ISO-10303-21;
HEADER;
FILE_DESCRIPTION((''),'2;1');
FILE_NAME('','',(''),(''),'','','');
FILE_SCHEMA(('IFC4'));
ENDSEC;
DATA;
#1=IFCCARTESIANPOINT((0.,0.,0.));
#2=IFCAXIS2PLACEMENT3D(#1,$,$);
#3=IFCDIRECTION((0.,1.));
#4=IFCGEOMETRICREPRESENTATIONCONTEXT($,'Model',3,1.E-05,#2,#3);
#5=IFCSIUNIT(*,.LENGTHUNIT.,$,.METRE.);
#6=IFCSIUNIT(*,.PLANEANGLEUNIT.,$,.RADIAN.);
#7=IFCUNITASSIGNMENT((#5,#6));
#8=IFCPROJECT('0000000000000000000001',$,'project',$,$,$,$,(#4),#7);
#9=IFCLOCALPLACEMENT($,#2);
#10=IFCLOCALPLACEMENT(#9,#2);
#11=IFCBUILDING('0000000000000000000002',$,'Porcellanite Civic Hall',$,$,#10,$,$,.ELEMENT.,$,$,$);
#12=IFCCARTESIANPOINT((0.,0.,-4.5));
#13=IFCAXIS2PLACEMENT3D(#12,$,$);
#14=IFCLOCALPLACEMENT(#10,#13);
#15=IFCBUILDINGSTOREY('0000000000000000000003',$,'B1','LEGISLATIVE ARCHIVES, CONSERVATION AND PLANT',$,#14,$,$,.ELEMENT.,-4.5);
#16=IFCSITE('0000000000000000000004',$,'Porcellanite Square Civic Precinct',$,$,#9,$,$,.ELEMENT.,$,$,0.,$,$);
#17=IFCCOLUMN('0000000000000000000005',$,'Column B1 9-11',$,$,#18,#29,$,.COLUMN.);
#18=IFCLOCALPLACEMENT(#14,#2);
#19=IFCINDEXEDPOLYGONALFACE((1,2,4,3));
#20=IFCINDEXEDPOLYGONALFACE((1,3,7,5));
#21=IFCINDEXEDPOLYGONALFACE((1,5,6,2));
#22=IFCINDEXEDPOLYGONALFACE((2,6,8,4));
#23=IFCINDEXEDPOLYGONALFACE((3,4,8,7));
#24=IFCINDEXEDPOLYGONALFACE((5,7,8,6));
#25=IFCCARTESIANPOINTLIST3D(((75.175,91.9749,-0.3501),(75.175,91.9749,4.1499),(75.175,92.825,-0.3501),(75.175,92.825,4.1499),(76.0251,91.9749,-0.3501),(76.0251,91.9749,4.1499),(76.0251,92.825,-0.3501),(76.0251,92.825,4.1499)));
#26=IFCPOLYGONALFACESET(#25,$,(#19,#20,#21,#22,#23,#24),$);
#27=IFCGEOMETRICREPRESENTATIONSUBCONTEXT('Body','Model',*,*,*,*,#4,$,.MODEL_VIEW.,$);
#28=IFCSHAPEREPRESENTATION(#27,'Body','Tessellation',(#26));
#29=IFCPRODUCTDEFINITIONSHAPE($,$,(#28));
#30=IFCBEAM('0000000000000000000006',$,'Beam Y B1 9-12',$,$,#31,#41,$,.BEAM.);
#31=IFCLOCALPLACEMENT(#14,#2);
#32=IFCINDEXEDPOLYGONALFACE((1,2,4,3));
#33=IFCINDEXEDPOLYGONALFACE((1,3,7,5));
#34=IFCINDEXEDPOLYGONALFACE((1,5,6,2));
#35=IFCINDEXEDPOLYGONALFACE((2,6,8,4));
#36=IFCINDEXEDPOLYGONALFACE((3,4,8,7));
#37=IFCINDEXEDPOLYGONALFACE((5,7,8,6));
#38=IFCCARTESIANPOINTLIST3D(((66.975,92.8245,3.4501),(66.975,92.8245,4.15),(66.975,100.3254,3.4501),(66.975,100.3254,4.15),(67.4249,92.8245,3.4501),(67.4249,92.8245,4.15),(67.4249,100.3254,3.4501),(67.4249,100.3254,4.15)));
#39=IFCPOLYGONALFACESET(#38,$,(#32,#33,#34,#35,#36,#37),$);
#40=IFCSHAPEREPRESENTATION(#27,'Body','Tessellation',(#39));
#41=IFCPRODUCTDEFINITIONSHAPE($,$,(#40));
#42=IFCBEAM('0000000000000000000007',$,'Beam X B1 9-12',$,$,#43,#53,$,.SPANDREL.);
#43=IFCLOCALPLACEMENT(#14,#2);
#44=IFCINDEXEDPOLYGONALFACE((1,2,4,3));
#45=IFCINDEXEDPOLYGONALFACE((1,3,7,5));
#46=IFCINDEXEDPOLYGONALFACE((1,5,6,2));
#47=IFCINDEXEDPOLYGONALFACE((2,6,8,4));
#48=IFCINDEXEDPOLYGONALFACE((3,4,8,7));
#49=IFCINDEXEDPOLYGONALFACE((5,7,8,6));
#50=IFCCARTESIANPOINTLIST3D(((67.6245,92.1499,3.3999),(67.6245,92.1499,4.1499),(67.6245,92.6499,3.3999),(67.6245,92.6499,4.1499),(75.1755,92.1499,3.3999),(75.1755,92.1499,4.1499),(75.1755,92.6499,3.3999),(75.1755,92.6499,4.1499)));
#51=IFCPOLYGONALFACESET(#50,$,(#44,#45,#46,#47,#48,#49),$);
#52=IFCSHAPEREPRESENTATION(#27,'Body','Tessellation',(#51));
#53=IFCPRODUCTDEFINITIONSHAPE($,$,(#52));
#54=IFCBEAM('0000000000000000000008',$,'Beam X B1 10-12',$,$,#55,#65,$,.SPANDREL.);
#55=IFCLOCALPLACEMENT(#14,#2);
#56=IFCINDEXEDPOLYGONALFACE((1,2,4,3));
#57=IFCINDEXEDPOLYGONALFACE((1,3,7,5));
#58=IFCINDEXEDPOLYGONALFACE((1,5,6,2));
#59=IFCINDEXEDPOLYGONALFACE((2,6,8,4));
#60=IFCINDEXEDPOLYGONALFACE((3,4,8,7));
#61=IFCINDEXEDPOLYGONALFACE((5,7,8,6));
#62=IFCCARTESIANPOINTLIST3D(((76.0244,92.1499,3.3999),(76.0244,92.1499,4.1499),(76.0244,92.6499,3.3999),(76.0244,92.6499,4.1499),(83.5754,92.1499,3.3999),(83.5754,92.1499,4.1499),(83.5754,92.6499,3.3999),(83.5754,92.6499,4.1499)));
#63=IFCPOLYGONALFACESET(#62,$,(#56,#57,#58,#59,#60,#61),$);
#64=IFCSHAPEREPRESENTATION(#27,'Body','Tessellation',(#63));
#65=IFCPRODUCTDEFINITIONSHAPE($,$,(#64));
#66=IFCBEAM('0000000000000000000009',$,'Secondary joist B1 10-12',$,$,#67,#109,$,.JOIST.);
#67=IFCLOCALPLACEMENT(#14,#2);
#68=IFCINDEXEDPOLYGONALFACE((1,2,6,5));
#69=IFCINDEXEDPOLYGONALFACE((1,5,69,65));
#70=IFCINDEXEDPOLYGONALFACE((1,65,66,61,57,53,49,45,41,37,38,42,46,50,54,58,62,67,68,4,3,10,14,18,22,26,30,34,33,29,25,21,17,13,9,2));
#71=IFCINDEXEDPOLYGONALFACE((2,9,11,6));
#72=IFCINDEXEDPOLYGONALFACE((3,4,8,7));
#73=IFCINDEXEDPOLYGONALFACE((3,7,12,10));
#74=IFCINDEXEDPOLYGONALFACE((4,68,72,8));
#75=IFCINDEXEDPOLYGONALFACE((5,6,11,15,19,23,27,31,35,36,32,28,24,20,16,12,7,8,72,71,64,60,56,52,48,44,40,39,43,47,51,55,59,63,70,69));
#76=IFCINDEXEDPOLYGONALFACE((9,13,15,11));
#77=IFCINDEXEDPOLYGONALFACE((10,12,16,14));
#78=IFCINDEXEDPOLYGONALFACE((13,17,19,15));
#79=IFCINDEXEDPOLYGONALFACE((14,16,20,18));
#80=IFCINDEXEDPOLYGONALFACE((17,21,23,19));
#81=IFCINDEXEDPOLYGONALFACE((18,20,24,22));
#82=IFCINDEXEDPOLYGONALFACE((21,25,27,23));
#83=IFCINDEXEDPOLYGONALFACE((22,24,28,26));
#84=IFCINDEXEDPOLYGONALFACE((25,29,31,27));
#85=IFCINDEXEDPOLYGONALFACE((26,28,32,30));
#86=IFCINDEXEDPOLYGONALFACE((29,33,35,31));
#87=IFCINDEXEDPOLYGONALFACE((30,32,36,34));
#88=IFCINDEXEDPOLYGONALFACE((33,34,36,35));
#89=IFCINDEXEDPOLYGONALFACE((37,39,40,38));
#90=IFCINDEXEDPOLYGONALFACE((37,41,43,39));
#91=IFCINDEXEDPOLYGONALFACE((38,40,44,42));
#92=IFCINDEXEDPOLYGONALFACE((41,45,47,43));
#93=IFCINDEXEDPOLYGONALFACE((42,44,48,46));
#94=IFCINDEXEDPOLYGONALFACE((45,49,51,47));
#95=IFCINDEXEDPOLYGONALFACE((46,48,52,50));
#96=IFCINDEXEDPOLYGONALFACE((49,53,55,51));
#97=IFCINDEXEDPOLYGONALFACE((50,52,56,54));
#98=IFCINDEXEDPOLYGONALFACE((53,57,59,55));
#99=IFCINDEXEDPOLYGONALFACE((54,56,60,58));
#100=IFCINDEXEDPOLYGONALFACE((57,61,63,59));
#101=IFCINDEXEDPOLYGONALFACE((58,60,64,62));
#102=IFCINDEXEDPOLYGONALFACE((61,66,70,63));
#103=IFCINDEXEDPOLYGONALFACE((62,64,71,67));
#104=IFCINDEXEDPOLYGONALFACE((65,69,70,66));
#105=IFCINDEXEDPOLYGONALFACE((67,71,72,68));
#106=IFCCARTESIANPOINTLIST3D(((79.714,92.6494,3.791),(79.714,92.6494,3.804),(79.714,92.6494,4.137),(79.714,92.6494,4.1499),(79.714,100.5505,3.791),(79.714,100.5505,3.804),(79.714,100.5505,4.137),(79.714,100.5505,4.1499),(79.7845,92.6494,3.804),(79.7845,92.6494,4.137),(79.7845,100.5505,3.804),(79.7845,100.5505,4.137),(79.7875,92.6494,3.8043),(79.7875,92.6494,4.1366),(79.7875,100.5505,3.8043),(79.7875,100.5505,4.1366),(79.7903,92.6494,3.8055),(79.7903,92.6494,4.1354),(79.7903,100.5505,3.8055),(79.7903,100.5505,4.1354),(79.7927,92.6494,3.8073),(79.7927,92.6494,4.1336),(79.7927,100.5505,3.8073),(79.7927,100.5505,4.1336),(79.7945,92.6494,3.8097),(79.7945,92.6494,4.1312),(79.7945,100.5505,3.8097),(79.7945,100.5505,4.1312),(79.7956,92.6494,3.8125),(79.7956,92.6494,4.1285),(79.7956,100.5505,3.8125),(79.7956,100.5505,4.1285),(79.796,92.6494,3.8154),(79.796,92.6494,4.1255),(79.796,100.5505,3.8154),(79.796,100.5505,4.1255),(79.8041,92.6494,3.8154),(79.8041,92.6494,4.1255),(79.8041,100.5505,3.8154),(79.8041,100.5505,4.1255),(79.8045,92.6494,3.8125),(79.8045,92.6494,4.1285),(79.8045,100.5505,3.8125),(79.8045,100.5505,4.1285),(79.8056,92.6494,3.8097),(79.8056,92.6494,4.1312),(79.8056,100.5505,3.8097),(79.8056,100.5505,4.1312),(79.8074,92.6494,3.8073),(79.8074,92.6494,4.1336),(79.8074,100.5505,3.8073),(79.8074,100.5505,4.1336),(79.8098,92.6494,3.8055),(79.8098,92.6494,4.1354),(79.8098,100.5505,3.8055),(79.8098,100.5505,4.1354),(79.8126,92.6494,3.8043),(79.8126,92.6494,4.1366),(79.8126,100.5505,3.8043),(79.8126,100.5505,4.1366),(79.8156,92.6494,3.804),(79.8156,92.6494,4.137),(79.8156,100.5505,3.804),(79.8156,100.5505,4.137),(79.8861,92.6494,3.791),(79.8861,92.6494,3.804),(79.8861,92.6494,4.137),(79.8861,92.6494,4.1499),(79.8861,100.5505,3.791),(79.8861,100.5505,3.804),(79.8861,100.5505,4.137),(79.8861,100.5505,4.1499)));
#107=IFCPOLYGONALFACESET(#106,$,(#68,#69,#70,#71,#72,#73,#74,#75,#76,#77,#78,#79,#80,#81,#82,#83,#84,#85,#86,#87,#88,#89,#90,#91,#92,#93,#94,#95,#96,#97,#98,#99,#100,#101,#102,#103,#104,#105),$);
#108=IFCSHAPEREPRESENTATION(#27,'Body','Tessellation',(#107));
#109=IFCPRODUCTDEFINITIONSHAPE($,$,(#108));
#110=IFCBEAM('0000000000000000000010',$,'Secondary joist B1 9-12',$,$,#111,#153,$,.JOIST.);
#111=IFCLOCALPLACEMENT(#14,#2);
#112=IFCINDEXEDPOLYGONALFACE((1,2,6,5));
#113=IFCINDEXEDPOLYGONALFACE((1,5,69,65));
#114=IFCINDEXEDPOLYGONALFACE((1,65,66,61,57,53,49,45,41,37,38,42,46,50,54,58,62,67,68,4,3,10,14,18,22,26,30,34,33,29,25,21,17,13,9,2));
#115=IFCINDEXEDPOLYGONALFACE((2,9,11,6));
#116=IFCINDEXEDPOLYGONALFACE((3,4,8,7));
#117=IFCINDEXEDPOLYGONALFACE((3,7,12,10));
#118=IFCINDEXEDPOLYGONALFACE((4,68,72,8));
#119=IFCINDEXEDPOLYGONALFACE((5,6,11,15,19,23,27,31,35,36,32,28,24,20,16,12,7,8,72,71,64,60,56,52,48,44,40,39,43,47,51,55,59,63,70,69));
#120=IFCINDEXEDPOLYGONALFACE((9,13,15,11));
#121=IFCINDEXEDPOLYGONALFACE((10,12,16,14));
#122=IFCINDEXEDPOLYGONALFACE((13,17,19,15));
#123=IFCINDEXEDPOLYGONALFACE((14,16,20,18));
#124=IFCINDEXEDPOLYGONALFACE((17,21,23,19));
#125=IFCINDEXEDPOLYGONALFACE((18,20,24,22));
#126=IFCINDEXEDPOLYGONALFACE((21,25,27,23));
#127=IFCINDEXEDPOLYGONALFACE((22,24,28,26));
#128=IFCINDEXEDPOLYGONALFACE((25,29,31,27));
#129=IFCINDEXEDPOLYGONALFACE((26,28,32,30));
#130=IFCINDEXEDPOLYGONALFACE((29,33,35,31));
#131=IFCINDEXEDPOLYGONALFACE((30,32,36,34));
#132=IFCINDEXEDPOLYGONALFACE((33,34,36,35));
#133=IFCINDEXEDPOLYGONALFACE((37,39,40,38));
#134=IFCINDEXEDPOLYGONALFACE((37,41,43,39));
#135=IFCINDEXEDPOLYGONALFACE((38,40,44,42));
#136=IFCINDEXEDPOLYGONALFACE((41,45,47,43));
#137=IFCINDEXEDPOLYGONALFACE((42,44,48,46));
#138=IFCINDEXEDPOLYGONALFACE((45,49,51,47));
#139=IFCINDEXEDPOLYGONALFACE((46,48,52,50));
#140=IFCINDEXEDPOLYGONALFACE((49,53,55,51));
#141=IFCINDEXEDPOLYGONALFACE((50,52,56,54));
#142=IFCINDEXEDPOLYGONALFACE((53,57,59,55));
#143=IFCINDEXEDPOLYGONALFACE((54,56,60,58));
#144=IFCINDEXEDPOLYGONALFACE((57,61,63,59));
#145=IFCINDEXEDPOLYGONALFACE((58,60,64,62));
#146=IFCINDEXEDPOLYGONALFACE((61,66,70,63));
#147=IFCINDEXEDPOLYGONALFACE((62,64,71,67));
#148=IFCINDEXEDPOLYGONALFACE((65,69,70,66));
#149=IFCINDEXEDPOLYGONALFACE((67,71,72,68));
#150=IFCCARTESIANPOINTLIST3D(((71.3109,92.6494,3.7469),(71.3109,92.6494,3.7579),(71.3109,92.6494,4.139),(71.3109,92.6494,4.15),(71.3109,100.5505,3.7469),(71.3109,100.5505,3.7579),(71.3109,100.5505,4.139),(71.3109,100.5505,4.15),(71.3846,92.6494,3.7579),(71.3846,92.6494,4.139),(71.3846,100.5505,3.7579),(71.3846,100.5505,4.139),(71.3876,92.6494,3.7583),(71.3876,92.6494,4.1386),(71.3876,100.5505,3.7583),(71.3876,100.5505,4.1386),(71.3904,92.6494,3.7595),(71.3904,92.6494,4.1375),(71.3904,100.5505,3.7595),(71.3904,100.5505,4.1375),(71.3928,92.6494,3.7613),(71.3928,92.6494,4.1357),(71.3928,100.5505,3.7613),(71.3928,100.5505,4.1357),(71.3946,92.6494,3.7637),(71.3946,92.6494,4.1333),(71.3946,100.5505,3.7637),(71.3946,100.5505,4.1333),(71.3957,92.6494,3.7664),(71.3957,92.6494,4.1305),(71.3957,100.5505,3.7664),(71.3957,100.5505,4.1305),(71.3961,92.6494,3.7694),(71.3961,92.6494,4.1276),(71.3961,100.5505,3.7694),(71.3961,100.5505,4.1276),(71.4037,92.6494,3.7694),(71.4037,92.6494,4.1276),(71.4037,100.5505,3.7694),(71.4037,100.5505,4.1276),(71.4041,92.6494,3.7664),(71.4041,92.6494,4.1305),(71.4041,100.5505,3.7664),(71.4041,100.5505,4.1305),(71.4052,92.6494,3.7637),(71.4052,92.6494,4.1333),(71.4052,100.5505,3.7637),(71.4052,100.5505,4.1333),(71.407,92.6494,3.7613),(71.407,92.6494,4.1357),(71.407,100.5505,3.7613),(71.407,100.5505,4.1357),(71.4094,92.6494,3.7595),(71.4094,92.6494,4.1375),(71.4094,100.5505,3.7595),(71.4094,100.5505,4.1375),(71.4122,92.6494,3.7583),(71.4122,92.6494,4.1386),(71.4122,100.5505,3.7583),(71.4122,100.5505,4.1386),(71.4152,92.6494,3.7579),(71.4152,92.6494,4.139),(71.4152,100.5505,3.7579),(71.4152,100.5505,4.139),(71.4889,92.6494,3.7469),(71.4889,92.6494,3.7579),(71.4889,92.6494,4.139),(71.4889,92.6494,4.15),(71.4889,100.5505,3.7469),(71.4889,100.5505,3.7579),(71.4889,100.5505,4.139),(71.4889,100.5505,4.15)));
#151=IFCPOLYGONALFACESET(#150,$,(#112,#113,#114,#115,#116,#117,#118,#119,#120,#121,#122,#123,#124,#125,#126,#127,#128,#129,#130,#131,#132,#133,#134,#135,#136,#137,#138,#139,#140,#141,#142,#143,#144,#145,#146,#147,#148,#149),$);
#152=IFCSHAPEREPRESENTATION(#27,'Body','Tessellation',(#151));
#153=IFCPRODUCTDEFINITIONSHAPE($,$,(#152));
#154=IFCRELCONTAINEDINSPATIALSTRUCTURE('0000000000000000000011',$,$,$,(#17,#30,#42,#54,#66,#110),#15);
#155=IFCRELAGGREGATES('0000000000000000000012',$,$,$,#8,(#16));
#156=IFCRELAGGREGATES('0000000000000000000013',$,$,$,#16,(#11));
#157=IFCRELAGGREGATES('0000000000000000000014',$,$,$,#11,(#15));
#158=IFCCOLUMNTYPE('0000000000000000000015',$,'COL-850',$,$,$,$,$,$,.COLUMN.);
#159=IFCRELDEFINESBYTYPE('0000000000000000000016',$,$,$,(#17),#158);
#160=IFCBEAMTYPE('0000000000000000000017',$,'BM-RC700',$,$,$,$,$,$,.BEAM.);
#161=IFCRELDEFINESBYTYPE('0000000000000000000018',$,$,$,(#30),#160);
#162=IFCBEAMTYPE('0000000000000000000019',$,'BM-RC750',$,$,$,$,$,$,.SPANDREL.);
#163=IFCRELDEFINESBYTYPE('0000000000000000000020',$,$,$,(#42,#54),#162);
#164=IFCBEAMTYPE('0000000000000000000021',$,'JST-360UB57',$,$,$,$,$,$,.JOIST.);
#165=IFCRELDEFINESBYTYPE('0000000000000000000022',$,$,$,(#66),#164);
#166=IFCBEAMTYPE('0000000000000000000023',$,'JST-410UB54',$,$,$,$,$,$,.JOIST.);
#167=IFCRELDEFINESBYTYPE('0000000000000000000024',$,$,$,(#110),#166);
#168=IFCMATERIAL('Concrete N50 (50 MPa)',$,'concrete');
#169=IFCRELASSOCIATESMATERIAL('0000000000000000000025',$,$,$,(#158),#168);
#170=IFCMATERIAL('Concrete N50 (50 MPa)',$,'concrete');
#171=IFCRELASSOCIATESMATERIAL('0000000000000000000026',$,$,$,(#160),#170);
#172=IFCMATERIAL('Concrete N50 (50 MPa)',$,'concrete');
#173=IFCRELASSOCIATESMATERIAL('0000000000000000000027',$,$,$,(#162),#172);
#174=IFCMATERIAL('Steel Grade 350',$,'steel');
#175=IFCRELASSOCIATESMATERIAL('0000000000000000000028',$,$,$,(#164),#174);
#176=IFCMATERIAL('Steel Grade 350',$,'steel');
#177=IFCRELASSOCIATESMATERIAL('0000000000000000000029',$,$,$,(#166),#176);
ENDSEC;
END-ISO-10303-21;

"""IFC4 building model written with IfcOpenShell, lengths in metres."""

from ifc_helpers import new_model, si_unit, direction, frame, origin, origin_2d, place, context, subcontext, project, spatial, rectangle, i_section, extrude, material, material_profile, profile_set, type_object, element, save


model = new_model("IFC4")

# Units and contexts
model_context = context("Model", 3, precision=1e-05, world=origin(), true_north=direction((0.0, 1.0)))
body_context = subcontext(model_context, "Body", "Model", "MODEL_VIEW")
ifc_project = project(units=[si_unit("LENGTHUNIT", "METRE"), si_unit("PLANEANGLEUNIT", "RADIAN")], contexts=[model_context])

# Site, building, storey
site_placement = place(None, origin())
site = spatial("IfcSite", under=ifc_project, at=site_placement, Name="Porcellanite Square Civic Precinct", CompositionType="ELEMENT", RefElevation=0.0)
building_placement = place(site_placement, origin())
building = spatial("IfcBuilding", under=site, at=building_placement, Name="Porcellanite Civic Hall", CompositionType="ELEMENT")
storey_placement = place(building_placement, frame((0.0, 0.0, -4.5)))
storey = spatial("IfcBuildingStorey", under=building, at=storey_placement, Name="B1", Description="LEGISLATIVE ARCHIVES, CONSERVATION AND PLANT", CompositionType="ELEMENT", Elevation=-4.5)

# Column
ifc_material_1 = material(Name="Concrete N50 (50 MPa)", Category="concrete")
ifc_material_profile_1 = material_profile(ifc_material_1, rectangle(XDim=0.8501, YDim=0.8501, at=origin_2d()), Name="RC-850x850")
ifc_profile_set_1 = profile_set([ifc_material_profile_1], Name="Concrete N50 (50 MPa)")
column_type = type_object("IfcColumnType", Name="COL-850", PredefinedType="COLUMN", material=ifc_profile_set_1)
column_placement = place(storey_placement, frame((75.6001, 92.3999, -0.3501), z_axis=(0.0, 0.0, 1.0), x_axis=(1.0, 0.0, 0.0)))
element("IfcColumn", 1, at=column_placement, inside=storey, type_object=column_type, Name="Column B1 9-11", PredefinedType="COLUMN", context=body_context, shape_type="SweptSolid", body=[
    extrude(rectangle(XDim=0.8501, YDim=0.8501, at=origin_2d()), origin(), (0.0, 0.0, 1.0), 4.5),
])

# Beams
ifc_material_2 = material(Name="Concrete N50 (50 MPa)", Category="concrete")
ifc_material_profile_2 = material_profile(ifc_material_2, rectangle(XDim=0.45, YDim=0.7, at=origin_2d()), Name="RC-450x700")
ifc_profile_set_2 = profile_set([ifc_material_profile_2], Name="Concrete N50 (50 MPa)")
beam_type_1 = type_object("IfcBeamType", Name="BM-RC700", PredefinedType="BEAM", material=ifc_profile_set_2)
beam_1_placement = place(storey_placement, frame((67.2, 92.8245, 3.8), z_axis=(0.0, 1.0, 0.0), x_axis=(-1.0, 0.0, 0.0)))
element("IfcBeam", 2, at=beam_1_placement, inside=storey, type_object=beam_type_1, Name="Beam Y B1 9-12", PredefinedType="BEAM", context=body_context, shape_type="SweptSolid", body=[
    extrude(rectangle(XDim=0.45, YDim=0.7, at=origin_2d()), origin(), (0.0, 0.0, 1.0), 7.501),
])
ifc_material_3 = material(Name="Concrete N50 (50 MPa)", Category="concrete")
ifc_material_profile_3 = material_profile(ifc_material_3, rectangle(XDim=0.5, YDim=0.75, at=origin_2d()), Name="RC-500x750")
ifc_profile_set_3 = profile_set([ifc_material_profile_3], Name="Concrete N50 (50 MPa)")
beam_type_2 = type_object("IfcBeamType", Name="BM-RC750", PredefinedType="SPANDREL", material=ifc_profile_set_3)
for number, where, z_axis, x_axis, name in (
    (3, (67.6245, 92.3999, 3.7749), (1.0, 0.0, 0.0), (0.0, 1.0, 0.0), "Beam X B1 9-12"),
    (4, (76.0244, 92.3999, 3.7749), (1.0, 0.0, 0.0), (0.0, 1.0, 0.0), "Beam X B1 10-12"),
):
    element("IfcBeam", number, at=place(storey_placement, frame(where, z_axis=z_axis, x_axis=x_axis)), inside=storey, type_object=beam_type_2, Name=name, PredefinedType="SPANDREL", context=body_context, shape_type="SweptSolid", body=[
        extrude(rectangle(XDim=0.5, YDim=0.75, at=origin_2d()), origin(), (0.0, 0.0, 1.0), 7.551),
    ])
ifc_material_4 = material(Name="Steel Grade 350", Category="steel")
ifc_material_profile_4 = material_profile(ifc_material_4, i_section(OverallWidth=0.1721, OverallDepth=0.3589, WebThickness=0.0081, FlangeThickness=0.0129, FilletRadius=0.0115, at=origin_2d()), Name="360UB56.7")
ifc_profile_set_4 = profile_set([ifc_material_profile_4], Name="Steel Grade 350")
beam_type_3 = type_object("IfcBeamType", Name="JST-360UB57", PredefinedType="JOIST", material=ifc_profile_set_4)
beam_2_placement = place(storey_placement, frame((79.8, 92.6494, 3.9705), z_axis=(0.0, 1.0, 0.0), x_axis=(-1.0, 0.0, 0.0)))
element("IfcBeam", 5, at=beam_2_placement, inside=storey, type_object=beam_type_3, Name="Secondary joist B1 10-12", PredefinedType="JOIST", context=body_context, shape_type="SweptSolid", body=[
    extrude(i_section(OverallWidth=0.1721, OverallDepth=0.3589, WebThickness=0.0081, FlangeThickness=0.0129, FilletRadius=0.0115, at=origin_2d()), origin(), (0.0, 0.0, 1.0), 7.9011),
])
ifc_material_5 = material(Name="Steel Grade 350", Category="steel")
ifc_material_profile_5 = material_profile(ifc_material_5, i_section(OverallWidth=0.178, OverallDepth=0.4031, WebThickness=0.0076, FlangeThickness=0.011, FilletRadius=0.0115, at=origin_2d()), Name="410UB53.7")
ifc_profile_set_5 = profile_set([ifc_material_profile_5], Name="Steel Grade 350")
beam_type_4 = type_object("IfcBeamType", Name="JST-410UB54", PredefinedType="JOIST", material=ifc_profile_set_5)
beam_3_placement = place(storey_placement, frame((71.3999, 92.6494, 3.9485), z_axis=(0.0, 1.0, 0.0), x_axis=(-1.0, 0.0, 0.0)))
element("IfcBeam", 6, at=beam_3_placement, inside=storey, type_object=beam_type_4, Name="Secondary joist B1 9-12", PredefinedType="JOIST", context=body_context, shape_type="SweptSolid", body=[
    extrude(i_section(OverallWidth=0.178, OverallDepth=0.4031, WebThickness=0.0076, FlangeThickness=0.011, FilletRadius=0.0115, at=origin_2d()), origin(), (0.0, 0.0, 1.0), 7.9011),
])

save(model, "model.ifc")
